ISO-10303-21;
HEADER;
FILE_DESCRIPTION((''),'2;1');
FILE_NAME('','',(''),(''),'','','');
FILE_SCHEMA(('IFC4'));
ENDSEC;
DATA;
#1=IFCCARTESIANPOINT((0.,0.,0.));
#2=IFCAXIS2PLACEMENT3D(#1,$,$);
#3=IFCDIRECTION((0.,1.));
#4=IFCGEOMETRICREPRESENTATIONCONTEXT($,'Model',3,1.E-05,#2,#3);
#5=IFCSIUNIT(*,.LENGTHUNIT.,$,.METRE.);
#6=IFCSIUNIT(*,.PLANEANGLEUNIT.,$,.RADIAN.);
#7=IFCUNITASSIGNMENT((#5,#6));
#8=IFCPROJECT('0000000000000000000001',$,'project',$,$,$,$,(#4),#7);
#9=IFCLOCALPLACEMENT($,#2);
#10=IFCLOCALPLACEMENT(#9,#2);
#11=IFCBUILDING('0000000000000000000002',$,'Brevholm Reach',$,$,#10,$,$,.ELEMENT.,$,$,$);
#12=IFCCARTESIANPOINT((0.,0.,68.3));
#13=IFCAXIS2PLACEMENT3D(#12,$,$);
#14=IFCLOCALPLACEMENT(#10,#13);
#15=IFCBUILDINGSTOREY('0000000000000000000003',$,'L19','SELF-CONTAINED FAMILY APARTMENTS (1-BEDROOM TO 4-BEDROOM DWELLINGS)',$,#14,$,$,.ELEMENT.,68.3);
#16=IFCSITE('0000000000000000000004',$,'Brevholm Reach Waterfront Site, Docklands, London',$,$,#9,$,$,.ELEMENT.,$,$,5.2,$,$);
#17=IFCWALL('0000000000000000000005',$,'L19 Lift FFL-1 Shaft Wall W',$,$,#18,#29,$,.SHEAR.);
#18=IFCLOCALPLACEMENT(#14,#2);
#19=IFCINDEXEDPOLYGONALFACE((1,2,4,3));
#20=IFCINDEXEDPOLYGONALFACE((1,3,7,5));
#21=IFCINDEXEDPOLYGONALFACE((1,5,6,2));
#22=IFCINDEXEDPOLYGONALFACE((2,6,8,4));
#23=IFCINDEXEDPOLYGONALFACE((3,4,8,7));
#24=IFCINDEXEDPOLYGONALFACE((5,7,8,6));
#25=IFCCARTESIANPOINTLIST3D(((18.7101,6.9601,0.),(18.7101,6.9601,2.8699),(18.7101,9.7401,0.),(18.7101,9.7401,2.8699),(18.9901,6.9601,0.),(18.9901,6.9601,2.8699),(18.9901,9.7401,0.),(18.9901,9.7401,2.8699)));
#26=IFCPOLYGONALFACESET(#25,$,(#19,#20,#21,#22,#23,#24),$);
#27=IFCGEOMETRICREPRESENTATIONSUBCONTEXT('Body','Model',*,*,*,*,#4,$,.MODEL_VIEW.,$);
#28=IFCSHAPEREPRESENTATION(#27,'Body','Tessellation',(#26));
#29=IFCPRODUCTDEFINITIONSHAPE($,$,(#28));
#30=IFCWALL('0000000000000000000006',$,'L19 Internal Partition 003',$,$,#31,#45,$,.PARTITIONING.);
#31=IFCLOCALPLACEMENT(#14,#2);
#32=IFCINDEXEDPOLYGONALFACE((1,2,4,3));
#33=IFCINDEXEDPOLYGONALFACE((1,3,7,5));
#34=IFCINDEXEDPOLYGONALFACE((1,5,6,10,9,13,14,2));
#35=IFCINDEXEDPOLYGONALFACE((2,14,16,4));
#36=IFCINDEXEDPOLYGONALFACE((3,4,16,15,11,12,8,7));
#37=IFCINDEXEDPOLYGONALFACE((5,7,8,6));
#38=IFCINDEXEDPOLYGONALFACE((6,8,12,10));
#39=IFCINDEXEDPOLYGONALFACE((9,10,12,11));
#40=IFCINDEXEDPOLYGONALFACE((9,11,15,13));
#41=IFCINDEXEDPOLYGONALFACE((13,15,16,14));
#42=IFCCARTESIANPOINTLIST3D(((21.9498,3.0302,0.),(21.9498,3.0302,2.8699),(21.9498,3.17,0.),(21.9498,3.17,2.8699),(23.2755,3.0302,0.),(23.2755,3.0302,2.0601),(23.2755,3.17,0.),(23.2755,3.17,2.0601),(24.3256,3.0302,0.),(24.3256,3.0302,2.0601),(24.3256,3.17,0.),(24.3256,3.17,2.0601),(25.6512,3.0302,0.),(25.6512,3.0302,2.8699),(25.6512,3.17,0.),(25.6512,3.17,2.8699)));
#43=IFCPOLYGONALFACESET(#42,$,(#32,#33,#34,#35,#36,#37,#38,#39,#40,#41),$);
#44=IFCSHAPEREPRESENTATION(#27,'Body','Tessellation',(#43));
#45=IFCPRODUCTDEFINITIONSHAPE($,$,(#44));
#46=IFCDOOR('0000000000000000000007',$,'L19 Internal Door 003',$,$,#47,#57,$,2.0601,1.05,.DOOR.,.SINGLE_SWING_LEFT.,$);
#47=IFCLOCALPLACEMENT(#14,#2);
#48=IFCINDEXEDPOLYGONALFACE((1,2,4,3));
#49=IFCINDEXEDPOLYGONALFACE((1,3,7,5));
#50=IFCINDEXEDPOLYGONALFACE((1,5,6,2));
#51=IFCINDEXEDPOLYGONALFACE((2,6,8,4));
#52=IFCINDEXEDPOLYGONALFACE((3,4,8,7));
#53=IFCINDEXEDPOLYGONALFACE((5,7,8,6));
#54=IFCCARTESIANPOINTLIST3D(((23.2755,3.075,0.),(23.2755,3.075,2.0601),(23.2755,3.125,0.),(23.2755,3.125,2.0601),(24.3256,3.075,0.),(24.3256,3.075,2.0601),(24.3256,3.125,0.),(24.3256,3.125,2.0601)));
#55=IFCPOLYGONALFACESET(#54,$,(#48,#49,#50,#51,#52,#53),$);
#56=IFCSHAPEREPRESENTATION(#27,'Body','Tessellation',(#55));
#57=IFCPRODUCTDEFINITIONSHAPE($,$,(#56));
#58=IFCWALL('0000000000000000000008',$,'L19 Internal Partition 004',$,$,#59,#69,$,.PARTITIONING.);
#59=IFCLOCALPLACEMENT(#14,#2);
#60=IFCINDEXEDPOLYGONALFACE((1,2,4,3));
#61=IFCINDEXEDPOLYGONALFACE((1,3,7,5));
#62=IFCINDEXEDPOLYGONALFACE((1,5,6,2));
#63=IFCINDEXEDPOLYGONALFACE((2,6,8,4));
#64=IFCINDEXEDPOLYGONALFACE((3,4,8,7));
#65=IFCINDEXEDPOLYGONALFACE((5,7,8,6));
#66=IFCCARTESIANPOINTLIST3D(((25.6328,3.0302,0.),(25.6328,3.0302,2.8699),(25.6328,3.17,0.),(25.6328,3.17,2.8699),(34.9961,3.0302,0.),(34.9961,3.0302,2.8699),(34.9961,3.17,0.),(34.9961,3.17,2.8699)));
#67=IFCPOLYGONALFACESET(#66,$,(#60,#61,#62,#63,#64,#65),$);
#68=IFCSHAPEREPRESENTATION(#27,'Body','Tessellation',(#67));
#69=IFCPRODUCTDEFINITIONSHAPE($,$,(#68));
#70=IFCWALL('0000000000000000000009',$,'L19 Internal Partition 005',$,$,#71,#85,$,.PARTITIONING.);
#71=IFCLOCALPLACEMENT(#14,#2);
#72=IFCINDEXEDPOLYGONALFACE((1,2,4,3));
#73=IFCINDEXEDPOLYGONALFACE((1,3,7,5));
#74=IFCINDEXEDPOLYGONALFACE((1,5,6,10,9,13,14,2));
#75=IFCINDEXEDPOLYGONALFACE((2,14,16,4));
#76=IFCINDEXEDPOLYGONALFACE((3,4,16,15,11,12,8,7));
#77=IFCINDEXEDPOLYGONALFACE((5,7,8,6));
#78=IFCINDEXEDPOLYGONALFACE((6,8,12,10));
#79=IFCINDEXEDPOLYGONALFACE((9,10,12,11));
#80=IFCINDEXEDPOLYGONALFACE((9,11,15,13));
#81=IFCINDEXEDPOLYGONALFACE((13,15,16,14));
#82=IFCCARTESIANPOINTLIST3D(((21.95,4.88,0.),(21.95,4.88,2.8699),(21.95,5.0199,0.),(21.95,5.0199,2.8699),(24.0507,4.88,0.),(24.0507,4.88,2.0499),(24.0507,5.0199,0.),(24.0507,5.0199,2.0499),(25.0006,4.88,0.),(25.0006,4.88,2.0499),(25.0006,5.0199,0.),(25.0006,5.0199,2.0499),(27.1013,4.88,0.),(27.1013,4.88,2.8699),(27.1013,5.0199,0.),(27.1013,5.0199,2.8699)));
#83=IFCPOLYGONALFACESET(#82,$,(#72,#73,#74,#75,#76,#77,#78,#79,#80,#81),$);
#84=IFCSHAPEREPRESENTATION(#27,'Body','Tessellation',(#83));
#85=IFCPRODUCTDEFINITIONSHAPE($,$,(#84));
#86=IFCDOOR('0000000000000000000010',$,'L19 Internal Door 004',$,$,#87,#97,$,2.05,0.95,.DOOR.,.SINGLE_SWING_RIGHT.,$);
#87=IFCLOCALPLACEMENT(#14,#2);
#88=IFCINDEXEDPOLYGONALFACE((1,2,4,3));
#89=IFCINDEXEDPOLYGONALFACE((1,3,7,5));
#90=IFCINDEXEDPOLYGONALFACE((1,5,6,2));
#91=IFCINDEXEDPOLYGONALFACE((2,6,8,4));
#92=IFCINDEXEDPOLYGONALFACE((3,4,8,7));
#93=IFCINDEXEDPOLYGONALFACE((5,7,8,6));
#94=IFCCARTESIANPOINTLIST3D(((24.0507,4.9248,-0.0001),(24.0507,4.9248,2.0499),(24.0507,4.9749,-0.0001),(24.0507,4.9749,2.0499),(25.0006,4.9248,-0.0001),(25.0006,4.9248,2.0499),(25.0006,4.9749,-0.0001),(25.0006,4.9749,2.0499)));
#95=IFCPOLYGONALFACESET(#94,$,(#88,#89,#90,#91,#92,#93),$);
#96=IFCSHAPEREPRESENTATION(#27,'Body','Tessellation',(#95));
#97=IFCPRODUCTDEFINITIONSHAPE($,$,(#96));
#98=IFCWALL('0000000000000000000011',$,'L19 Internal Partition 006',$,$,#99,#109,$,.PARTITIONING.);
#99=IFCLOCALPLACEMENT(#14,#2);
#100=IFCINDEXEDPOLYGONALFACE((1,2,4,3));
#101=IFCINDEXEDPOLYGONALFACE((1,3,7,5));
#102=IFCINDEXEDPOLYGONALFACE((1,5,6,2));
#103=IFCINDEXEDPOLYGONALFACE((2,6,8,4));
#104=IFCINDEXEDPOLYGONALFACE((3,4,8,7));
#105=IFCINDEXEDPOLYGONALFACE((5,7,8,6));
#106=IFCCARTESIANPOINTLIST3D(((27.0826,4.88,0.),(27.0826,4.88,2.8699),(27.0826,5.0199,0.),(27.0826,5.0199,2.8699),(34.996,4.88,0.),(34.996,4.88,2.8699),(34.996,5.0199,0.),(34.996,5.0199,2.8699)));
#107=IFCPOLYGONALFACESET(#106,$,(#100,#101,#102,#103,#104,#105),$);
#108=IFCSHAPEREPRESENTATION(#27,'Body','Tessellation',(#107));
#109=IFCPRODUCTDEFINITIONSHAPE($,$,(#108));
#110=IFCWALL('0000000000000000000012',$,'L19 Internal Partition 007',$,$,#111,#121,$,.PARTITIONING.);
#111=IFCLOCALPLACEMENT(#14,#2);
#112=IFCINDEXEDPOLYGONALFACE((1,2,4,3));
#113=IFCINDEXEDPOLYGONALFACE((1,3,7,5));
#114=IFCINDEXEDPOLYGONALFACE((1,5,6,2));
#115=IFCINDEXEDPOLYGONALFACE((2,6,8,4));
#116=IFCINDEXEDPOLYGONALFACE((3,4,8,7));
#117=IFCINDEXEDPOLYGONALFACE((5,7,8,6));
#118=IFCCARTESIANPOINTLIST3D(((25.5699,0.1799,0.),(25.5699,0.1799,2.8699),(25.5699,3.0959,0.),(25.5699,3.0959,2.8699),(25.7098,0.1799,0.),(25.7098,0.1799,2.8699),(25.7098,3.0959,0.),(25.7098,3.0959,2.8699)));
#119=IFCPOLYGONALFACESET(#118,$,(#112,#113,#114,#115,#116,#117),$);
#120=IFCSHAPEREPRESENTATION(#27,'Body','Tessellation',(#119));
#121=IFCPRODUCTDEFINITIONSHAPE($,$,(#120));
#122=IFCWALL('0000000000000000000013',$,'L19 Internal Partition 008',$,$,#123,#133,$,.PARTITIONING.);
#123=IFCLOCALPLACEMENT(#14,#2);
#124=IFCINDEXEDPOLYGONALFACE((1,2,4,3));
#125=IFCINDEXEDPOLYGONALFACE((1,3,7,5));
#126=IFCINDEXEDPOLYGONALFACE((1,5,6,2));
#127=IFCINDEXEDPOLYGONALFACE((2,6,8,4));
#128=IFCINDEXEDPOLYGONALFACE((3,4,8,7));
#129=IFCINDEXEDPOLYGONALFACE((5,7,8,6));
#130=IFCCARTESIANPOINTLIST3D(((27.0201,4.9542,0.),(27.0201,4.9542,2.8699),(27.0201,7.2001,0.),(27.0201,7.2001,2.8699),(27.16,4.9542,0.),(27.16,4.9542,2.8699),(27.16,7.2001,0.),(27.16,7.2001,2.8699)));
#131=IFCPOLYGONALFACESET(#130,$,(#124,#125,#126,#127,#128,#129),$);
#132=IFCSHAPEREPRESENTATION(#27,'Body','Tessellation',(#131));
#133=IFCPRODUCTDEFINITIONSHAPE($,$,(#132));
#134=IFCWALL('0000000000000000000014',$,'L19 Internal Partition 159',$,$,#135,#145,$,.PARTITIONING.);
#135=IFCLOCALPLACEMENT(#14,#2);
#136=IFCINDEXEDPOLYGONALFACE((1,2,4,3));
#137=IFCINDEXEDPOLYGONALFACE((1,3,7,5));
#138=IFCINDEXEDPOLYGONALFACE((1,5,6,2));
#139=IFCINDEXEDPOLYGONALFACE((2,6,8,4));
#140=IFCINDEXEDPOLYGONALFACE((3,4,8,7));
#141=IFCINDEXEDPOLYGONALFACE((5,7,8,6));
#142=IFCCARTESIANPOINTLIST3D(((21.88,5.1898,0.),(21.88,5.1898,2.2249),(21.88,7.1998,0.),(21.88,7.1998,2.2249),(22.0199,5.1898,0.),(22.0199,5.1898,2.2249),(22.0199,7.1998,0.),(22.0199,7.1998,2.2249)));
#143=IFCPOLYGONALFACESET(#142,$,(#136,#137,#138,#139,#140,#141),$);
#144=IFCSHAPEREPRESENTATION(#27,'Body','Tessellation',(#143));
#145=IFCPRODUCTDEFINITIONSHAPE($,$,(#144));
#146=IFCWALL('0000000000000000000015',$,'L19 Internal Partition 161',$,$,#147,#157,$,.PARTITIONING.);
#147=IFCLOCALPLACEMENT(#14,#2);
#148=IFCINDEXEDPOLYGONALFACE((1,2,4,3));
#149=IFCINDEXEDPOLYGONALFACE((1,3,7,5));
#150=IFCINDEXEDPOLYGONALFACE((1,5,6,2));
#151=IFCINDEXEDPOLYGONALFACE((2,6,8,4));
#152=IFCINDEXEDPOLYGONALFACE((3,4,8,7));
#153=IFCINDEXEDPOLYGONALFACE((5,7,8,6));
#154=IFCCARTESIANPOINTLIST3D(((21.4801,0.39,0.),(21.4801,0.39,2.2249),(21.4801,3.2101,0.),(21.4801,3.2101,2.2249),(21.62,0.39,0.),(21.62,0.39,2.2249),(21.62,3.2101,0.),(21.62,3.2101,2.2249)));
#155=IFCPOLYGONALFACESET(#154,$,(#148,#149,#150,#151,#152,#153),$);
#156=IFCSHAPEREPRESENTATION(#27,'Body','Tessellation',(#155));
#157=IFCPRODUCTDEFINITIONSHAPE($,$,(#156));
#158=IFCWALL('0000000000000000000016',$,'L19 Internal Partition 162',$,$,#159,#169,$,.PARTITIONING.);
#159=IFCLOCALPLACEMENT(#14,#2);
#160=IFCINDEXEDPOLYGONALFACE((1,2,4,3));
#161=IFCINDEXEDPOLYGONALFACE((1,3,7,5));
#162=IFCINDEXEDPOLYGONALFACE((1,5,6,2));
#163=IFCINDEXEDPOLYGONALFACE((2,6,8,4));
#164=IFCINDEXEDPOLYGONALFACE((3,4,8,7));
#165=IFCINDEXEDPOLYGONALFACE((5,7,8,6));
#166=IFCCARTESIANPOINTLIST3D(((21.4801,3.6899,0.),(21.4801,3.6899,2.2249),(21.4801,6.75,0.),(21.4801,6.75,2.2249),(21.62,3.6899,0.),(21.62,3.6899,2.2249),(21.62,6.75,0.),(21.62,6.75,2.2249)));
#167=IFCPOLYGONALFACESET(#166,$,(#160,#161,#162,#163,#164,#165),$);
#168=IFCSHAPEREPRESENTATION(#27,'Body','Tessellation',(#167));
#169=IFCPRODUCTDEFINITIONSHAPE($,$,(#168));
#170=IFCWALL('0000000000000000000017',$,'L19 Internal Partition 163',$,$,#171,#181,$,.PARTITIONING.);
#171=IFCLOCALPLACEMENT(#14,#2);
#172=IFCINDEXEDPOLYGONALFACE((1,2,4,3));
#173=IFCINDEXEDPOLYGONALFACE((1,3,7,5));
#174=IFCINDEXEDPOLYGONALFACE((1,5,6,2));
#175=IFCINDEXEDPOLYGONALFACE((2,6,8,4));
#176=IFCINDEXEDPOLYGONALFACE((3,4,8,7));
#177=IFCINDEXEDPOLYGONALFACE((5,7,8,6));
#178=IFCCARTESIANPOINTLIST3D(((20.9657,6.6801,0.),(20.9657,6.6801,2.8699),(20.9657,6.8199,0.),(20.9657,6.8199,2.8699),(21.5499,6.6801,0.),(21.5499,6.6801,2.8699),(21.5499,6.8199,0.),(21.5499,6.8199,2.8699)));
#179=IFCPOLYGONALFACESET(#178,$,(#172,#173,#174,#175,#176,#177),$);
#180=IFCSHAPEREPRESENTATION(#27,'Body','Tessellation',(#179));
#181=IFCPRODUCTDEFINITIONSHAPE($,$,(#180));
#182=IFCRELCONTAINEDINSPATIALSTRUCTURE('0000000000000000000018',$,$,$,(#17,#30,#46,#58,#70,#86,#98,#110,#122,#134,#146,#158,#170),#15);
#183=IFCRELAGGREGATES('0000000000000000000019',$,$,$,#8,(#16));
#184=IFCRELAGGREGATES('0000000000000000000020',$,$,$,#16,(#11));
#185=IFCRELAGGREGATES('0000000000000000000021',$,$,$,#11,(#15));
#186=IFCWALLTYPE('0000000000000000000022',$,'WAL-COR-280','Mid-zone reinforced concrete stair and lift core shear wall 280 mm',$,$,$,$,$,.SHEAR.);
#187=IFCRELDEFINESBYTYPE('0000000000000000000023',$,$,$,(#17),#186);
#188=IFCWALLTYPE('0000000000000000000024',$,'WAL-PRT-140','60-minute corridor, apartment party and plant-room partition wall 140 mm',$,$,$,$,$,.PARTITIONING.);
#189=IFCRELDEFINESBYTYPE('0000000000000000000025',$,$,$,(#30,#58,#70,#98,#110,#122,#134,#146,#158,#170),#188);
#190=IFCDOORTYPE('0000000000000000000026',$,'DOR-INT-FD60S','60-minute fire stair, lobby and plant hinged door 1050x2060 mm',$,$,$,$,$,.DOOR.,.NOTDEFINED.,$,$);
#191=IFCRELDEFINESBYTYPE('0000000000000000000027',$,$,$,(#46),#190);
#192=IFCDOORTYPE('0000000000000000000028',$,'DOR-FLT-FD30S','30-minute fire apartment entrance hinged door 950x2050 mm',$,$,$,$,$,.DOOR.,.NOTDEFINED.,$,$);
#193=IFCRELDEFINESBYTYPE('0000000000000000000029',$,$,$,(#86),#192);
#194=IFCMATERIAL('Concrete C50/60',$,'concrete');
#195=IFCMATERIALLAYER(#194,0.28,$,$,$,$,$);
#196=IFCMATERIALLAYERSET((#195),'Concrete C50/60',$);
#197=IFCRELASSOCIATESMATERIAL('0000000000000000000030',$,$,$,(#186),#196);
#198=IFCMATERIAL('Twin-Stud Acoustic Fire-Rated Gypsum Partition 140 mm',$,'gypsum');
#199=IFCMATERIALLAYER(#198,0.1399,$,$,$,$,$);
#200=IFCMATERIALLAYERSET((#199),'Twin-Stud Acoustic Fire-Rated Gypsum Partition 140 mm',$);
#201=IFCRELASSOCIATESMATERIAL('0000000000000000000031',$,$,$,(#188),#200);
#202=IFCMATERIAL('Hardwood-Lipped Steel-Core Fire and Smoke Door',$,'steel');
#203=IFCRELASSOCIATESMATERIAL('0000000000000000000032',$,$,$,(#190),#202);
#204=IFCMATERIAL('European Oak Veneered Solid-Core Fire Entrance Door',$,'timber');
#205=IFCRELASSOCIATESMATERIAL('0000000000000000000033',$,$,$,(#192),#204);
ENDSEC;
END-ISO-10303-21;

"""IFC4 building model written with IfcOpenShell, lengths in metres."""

from ifc_helpers import new_model, si_unit, direction, frame, frame_2d, origin, place, context, subcontext, project, spatial, rectangle, extrude, material, layer, layer_set, type_object, element, fill, save


model = new_model("IFC4")

# Units and contexts
model_context = context("Model", 3, precision=1e-05, world=origin(), true_north=direction((0.0, 1.0)))
body_context = subcontext(model_context, "Body", "Model", "MODEL_VIEW")
ifc_project = project(units=[si_unit("LENGTHUNIT", "METRE"), si_unit("PLANEANGLEUNIT", "RADIAN")], contexts=[model_context])

# Site, building, storey
site_placement = place(None, origin())
site = spatial("IfcSite", under=ifc_project, at=site_placement, Name="Brevholm Reach Waterfront Site, Docklands, London", CompositionType="ELEMENT", RefElevation=5.2)
building_placement = place(site_placement, origin())
building = spatial("IfcBuilding", under=site, at=building_placement, Name="Brevholm Reach", CompositionType="ELEMENT")
storey_placement = place(building_placement, frame((0.0, 0.0, 68.3)))
storey = spatial("IfcBuildingStorey", under=building, at=storey_placement, Name="L19", Description="SELF-CONTAINED FAMILY APARTMENTS (1-BEDROOM TO 4-BEDROOM DWELLINGS)", CompositionType="ELEMENT", Elevation=68.3)

# Wall
ifc_material_1 = material(Name="Concrete C50/60", Category="concrete")
ifc_layer_1 = layer(ifc_material_1, 0.28)
ifc_layer_set_1 = layer_set([ifc_layer_1], Name="Concrete C50/60")
wall_type_1 = type_object("IfcWallType", Name="WAL-COR-280", Description="Mid-zone reinforced concrete stair and lift core shear wall 280 mm", PredefinedType="SHEAR", material=ifc_layer_set_1)
wall_1_placement = place(storey_placement, frame((18.8501, 6.96, 0.0), z_axis=(0.0, 0.0, 1.0), x_axis=(0.0, 1.0, 0.0)))
element("IfcWall", 1, at=wall_1_placement, inside=storey, type_object=wall_type_1, Name="L19 Lift FFL-1 Shaft Wall W", PredefinedType="SHEAR", context=body_context, shape_type="SweptSolid", body=[
    extrude(rectangle(XDim=2.78, YDim=0.28, at=frame_2d((1.3901, 0.0))), origin(), (0.0, 0.0, 1.0), 2.8699),
])

# Wall, opening, door
ifc_material_2 = material(Name="Twin-Stud Acoustic Fire-Rated Gypsum Partition 140 mm", Category="gypsum")
ifc_layer_2 = layer(ifc_material_2, 0.1399)
ifc_layer_set_2 = layer_set([ifc_layer_2], Name="Twin-Stud Acoustic Fire-Rated Gypsum Partition 140 mm")
wall_type_2 = type_object("IfcWallType", Name="WAL-PRT-140", Description="60-minute corridor, apartment party and plant-room partition wall 140 mm", PredefinedType="PARTITIONING", material=ifc_layer_set_2)
wall_2_placement = place(storey_placement, frame((21.95, 3.1001, 0.0), z_axis=(0.0, 0.0, 1.0), x_axis=(1.0, 0.0, 0.0)))
wall_2 = element("IfcWall", 2, at=wall_2_placement, inside=storey, type_object=wall_type_2, Name="L19 Internal Partition 003", PredefinedType="PARTITIONING", context=body_context, shape_type="SweptSolid", body=[
    extrude(rectangle(XDim=3.7014, YDim=0.1399, at=frame_2d((1.8506, 0.0))), origin(), (0.0, 0.0, 1.0), 2.8699),
])
opening_1_placement = place(wall_2_placement, frame((1.3257, 0.0, 0.0)))
opening_1 = element("IfcOpeningElement", 3, at=opening_1_placement, cuts=wall_2, PredefinedType="OPENING", context=body_context, shape_type="SweptSolid", body=[
    extrude(rectangle(XDim=1.05, YDim=2.0601, at=frame_2d((0.5249, 1.03))), frame((0.0, 0.0798, 0.0), z_axis=(0.0, -1.0, 0.0), x_axis=(1.0, 0.0, 0.0)), (0.0, 0.0, 1.0), 0.1599),
])
ifc_material_3 = material(Name="Hardwood-Lipped Steel-Core Fire and Smoke Door", Category="steel")
door_type_1 = type_object("IfcDoorType", Name="DOR-INT-FD60S", Description="60-minute fire stair, lobby and plant hinged door 1050x2060 mm", OperationType="NOTDEFINED", PredefinedType="DOOR", material=ifc_material_3)
door_1_placement = place(opening_1_placement, origin())
door_1 = element("IfcDoor", 4, at=door_1_placement, inside=storey, type_object=door_type_1, Name="L19 Internal Door 003", OperationType="SINGLE_SWING_LEFT", OverallHeight=2.0601, OverallWidth=1.05, PredefinedType="DOOR", context=body_context, shape_type="SweptSolid", body=[
    extrude(rectangle(XDim=1.05, YDim=2.0601, at=frame_2d((0.5249, 1.03))), frame((0.0, 0.0249, 0.0), z_axis=(0.0, -1.0, 0.0), x_axis=(1.0, 0.0, 0.0)), (0.0, 0.0, 1.0), 0.05),
])
fill(opening_1, door_1)

# Wall
wall_3_placement = place(storey_placement, frame((25.6328, 3.1001, 0.0), z_axis=(0.0, 0.0, 1.0), x_axis=(1.0, 0.0, 0.0)))
element("IfcWall", 5, at=wall_3_placement, inside=storey, type_object=wall_type_2, Name="L19 Internal Partition 004", PredefinedType="PARTITIONING", context=body_context, shape_type="SweptSolid", body=[
    extrude(rectangle(XDim=9.3633, YDim=0.1399, at=frame_2d((4.6816, 0.0))), origin(), (0.0, 0.0, 1.0), 2.8699),
])

# Wall, opening, door
wall_4_placement = place(storey_placement, frame((21.95, 4.95, 0.0), z_axis=(0.0, 0.0, 1.0), x_axis=(1.0, 0.0, 0.0)))
wall_4 = element("IfcWall", 6, at=wall_4_placement, inside=storey, type_object=wall_type_2, Name="L19 Internal Partition 005", PredefinedType="PARTITIONING", context=body_context, shape_type="SweptSolid", body=[
    extrude(rectangle(XDim=5.1514, YDim=0.1399, at=frame_2d((2.5757, 0.0))), origin(), (0.0, 0.0, 1.0), 2.8699),
])
opening_2_placement = place(wall_4_placement, frame((2.1006, 0.0, 0.0)))
opening_2 = element("IfcOpeningElement", 7, at=opening_2_placement, cuts=wall_4, PredefinedType="OPENING", context=body_context, shape_type="SweptSolid", body=[
    extrude(rectangle(XDim=0.95, YDim=2.05, at=frame_2d((0.4751, 1.0249))), frame((0.0, 0.0798, 0.0), z_axis=(0.0, -1.0, 0.0), x_axis=(1.0, 0.0, 0.0)), (0.0, 0.0, 1.0), 0.1599),
])
ifc_material_4 = material(Name="European Oak Veneered Solid-Core Fire Entrance Door", Category="timber")
door_type_2 = type_object("IfcDoorType", Name="DOR-FLT-FD30S", Description="30-minute fire apartment entrance hinged door 950x2050 mm", OperationType="NOTDEFINED", PredefinedType="DOOR", material=ifc_material_4)
door_2_placement = place(opening_2_placement, origin())
door_2 = element("IfcDoor", 8, at=door_2_placement, inside=storey, type_object=door_type_2, Name="L19 Internal Door 004", OperationType="SINGLE_SWING_RIGHT", OverallHeight=2.05, OverallWidth=0.95, PredefinedType="DOOR", context=body_context, shape_type="SweptSolid", body=[
    extrude(rectangle(XDim=0.95, YDim=2.05, at=frame_2d((0.4751, 1.0249))), frame((0.0, 0.0249, 0.0), z_axis=(0.0, -1.0, 0.0), x_axis=(1.0, 0.0, 0.0)), (0.0, 0.0, 1.0), 0.05),
])
fill(opening_2, door_2)

# Walls
wall_5_placement = place(storey_placement, frame((27.0828, 4.95, 0.0), z_axis=(0.0, 0.0, 1.0), x_axis=(1.0, 0.0, 0.0)))
element("IfcWall", 9, at=wall_5_placement, inside=storey, type_object=wall_type_2, Name="L19 Internal Partition 006", PredefinedType="PARTITIONING", context=body_context, shape_type="SweptSolid", body=[
    extrude(rectangle(XDim=7.9133, YDim=0.1399, at=frame_2d((3.9565, 0.0))), origin(), (0.0, 0.0, 1.0), 2.8699),
])
wall_6_placement = place(storey_placement, frame((25.6399, 0.1799, 0.0), z_axis=(0.0, 0.0, 1.0), x_axis=(0.0, 1.0, 0.0)))
element("IfcWall", 10, at=wall_6_placement, inside=storey, type_object=wall_type_2, Name="L19 Internal Partition 007", PredefinedType="PARTITIONING", context=body_context, shape_type="SweptSolid", body=[
    extrude(rectangle(XDim=2.916, YDim=0.1399, at=frame_2d((1.458, 0.0))), origin(), (0.0, 0.0, 1.0), 2.8699),
])
wall_7_placement = place(storey_placement, frame((27.0901, 4.9541, 0.0), z_axis=(0.0, 0.0, 1.0), x_axis=(0.0, 1.0, 0.0)))
element("IfcWall", 11, at=wall_7_placement, inside=storey, type_object=wall_type_2, Name="L19 Internal Partition 008", PredefinedType="PARTITIONING", context=body_context, shape_type="SweptSolid", body=[
    extrude(rectangle(XDim=2.2458, YDim=0.1399, at=frame_2d((1.123, 0.0))), origin(), (0.0, 0.0, 1.0), 2.8699),
])
wall_8_placement = place(storey_placement, frame((21.95, 5.1899, 0.0), z_axis=(0.0, 0.0, 1.0), x_axis=(0.0, 1.0, 0.0)))
element("IfcWall", 12, at=wall_8_placement, inside=storey, type_object=wall_type_2, Name="L19 Internal Partition 159", PredefinedType="PARTITIONING", context=body_context, shape_type="SweptSolid", body=[
    extrude(rectangle(XDim=2.01, YDim=0.1399, at=frame_2d((1.0049, 0.0))), origin(), (0.0, 0.0, 1.0), 2.2249),
])
wall_9_placement = place(storey_placement, frame((21.55, 0.3899, 0.0), z_axis=(0.0, 0.0, 1.0), x_axis=(0.0, 1.0, 0.0)))
element("IfcWall", 13, at=wall_9_placement, inside=storey, type_object=wall_type_2, Name="L19 Internal Partition 161", PredefinedType="PARTITIONING", context=body_context, shape_type="SweptSolid", body=[
    extrude(rectangle(XDim=2.8201, YDim=0.1399, at=frame_2d((1.4102, 0.0))), origin(), (0.0, 0.0, 1.0), 2.2249),
])
wall_10_placement = place(storey_placement, frame((21.55, 3.6899, 0.0), z_axis=(0.0, 0.0, 1.0), x_axis=(0.0, 1.0, 0.0)))
element("IfcWall", 14, at=wall_10_placement, inside=storey, type_object=wall_type_2, Name="L19 Internal Partition 162", PredefinedType="PARTITIONING", context=body_context, shape_type="SweptSolid", body=[
    extrude(rectangle(XDim=3.0601, YDim=0.1399, at=frame_2d((1.53, 0.0))), origin(), (0.0, 0.0, 1.0), 2.2249),
])
wall_11_placement = place(storey_placement, frame((20.9658, 6.75, 0.0), z_axis=(0.0, 0.0, 1.0), x_axis=(1.0, 0.0, 0.0)))
element("IfcWall", 15, at=wall_11_placement, inside=storey, type_object=wall_type_2, Name="L19 Internal Partition 163", PredefinedType="PARTITIONING", context=body_context, shape_type="SweptSolid", body=[
    extrude(rectangle(XDim=0.5842, YDim=0.1399, at=frame_2d((0.292, 0.0))), origin(), (0.0, 0.0, 1.0), 2.8699),
])

save(model, "model.ifc")
